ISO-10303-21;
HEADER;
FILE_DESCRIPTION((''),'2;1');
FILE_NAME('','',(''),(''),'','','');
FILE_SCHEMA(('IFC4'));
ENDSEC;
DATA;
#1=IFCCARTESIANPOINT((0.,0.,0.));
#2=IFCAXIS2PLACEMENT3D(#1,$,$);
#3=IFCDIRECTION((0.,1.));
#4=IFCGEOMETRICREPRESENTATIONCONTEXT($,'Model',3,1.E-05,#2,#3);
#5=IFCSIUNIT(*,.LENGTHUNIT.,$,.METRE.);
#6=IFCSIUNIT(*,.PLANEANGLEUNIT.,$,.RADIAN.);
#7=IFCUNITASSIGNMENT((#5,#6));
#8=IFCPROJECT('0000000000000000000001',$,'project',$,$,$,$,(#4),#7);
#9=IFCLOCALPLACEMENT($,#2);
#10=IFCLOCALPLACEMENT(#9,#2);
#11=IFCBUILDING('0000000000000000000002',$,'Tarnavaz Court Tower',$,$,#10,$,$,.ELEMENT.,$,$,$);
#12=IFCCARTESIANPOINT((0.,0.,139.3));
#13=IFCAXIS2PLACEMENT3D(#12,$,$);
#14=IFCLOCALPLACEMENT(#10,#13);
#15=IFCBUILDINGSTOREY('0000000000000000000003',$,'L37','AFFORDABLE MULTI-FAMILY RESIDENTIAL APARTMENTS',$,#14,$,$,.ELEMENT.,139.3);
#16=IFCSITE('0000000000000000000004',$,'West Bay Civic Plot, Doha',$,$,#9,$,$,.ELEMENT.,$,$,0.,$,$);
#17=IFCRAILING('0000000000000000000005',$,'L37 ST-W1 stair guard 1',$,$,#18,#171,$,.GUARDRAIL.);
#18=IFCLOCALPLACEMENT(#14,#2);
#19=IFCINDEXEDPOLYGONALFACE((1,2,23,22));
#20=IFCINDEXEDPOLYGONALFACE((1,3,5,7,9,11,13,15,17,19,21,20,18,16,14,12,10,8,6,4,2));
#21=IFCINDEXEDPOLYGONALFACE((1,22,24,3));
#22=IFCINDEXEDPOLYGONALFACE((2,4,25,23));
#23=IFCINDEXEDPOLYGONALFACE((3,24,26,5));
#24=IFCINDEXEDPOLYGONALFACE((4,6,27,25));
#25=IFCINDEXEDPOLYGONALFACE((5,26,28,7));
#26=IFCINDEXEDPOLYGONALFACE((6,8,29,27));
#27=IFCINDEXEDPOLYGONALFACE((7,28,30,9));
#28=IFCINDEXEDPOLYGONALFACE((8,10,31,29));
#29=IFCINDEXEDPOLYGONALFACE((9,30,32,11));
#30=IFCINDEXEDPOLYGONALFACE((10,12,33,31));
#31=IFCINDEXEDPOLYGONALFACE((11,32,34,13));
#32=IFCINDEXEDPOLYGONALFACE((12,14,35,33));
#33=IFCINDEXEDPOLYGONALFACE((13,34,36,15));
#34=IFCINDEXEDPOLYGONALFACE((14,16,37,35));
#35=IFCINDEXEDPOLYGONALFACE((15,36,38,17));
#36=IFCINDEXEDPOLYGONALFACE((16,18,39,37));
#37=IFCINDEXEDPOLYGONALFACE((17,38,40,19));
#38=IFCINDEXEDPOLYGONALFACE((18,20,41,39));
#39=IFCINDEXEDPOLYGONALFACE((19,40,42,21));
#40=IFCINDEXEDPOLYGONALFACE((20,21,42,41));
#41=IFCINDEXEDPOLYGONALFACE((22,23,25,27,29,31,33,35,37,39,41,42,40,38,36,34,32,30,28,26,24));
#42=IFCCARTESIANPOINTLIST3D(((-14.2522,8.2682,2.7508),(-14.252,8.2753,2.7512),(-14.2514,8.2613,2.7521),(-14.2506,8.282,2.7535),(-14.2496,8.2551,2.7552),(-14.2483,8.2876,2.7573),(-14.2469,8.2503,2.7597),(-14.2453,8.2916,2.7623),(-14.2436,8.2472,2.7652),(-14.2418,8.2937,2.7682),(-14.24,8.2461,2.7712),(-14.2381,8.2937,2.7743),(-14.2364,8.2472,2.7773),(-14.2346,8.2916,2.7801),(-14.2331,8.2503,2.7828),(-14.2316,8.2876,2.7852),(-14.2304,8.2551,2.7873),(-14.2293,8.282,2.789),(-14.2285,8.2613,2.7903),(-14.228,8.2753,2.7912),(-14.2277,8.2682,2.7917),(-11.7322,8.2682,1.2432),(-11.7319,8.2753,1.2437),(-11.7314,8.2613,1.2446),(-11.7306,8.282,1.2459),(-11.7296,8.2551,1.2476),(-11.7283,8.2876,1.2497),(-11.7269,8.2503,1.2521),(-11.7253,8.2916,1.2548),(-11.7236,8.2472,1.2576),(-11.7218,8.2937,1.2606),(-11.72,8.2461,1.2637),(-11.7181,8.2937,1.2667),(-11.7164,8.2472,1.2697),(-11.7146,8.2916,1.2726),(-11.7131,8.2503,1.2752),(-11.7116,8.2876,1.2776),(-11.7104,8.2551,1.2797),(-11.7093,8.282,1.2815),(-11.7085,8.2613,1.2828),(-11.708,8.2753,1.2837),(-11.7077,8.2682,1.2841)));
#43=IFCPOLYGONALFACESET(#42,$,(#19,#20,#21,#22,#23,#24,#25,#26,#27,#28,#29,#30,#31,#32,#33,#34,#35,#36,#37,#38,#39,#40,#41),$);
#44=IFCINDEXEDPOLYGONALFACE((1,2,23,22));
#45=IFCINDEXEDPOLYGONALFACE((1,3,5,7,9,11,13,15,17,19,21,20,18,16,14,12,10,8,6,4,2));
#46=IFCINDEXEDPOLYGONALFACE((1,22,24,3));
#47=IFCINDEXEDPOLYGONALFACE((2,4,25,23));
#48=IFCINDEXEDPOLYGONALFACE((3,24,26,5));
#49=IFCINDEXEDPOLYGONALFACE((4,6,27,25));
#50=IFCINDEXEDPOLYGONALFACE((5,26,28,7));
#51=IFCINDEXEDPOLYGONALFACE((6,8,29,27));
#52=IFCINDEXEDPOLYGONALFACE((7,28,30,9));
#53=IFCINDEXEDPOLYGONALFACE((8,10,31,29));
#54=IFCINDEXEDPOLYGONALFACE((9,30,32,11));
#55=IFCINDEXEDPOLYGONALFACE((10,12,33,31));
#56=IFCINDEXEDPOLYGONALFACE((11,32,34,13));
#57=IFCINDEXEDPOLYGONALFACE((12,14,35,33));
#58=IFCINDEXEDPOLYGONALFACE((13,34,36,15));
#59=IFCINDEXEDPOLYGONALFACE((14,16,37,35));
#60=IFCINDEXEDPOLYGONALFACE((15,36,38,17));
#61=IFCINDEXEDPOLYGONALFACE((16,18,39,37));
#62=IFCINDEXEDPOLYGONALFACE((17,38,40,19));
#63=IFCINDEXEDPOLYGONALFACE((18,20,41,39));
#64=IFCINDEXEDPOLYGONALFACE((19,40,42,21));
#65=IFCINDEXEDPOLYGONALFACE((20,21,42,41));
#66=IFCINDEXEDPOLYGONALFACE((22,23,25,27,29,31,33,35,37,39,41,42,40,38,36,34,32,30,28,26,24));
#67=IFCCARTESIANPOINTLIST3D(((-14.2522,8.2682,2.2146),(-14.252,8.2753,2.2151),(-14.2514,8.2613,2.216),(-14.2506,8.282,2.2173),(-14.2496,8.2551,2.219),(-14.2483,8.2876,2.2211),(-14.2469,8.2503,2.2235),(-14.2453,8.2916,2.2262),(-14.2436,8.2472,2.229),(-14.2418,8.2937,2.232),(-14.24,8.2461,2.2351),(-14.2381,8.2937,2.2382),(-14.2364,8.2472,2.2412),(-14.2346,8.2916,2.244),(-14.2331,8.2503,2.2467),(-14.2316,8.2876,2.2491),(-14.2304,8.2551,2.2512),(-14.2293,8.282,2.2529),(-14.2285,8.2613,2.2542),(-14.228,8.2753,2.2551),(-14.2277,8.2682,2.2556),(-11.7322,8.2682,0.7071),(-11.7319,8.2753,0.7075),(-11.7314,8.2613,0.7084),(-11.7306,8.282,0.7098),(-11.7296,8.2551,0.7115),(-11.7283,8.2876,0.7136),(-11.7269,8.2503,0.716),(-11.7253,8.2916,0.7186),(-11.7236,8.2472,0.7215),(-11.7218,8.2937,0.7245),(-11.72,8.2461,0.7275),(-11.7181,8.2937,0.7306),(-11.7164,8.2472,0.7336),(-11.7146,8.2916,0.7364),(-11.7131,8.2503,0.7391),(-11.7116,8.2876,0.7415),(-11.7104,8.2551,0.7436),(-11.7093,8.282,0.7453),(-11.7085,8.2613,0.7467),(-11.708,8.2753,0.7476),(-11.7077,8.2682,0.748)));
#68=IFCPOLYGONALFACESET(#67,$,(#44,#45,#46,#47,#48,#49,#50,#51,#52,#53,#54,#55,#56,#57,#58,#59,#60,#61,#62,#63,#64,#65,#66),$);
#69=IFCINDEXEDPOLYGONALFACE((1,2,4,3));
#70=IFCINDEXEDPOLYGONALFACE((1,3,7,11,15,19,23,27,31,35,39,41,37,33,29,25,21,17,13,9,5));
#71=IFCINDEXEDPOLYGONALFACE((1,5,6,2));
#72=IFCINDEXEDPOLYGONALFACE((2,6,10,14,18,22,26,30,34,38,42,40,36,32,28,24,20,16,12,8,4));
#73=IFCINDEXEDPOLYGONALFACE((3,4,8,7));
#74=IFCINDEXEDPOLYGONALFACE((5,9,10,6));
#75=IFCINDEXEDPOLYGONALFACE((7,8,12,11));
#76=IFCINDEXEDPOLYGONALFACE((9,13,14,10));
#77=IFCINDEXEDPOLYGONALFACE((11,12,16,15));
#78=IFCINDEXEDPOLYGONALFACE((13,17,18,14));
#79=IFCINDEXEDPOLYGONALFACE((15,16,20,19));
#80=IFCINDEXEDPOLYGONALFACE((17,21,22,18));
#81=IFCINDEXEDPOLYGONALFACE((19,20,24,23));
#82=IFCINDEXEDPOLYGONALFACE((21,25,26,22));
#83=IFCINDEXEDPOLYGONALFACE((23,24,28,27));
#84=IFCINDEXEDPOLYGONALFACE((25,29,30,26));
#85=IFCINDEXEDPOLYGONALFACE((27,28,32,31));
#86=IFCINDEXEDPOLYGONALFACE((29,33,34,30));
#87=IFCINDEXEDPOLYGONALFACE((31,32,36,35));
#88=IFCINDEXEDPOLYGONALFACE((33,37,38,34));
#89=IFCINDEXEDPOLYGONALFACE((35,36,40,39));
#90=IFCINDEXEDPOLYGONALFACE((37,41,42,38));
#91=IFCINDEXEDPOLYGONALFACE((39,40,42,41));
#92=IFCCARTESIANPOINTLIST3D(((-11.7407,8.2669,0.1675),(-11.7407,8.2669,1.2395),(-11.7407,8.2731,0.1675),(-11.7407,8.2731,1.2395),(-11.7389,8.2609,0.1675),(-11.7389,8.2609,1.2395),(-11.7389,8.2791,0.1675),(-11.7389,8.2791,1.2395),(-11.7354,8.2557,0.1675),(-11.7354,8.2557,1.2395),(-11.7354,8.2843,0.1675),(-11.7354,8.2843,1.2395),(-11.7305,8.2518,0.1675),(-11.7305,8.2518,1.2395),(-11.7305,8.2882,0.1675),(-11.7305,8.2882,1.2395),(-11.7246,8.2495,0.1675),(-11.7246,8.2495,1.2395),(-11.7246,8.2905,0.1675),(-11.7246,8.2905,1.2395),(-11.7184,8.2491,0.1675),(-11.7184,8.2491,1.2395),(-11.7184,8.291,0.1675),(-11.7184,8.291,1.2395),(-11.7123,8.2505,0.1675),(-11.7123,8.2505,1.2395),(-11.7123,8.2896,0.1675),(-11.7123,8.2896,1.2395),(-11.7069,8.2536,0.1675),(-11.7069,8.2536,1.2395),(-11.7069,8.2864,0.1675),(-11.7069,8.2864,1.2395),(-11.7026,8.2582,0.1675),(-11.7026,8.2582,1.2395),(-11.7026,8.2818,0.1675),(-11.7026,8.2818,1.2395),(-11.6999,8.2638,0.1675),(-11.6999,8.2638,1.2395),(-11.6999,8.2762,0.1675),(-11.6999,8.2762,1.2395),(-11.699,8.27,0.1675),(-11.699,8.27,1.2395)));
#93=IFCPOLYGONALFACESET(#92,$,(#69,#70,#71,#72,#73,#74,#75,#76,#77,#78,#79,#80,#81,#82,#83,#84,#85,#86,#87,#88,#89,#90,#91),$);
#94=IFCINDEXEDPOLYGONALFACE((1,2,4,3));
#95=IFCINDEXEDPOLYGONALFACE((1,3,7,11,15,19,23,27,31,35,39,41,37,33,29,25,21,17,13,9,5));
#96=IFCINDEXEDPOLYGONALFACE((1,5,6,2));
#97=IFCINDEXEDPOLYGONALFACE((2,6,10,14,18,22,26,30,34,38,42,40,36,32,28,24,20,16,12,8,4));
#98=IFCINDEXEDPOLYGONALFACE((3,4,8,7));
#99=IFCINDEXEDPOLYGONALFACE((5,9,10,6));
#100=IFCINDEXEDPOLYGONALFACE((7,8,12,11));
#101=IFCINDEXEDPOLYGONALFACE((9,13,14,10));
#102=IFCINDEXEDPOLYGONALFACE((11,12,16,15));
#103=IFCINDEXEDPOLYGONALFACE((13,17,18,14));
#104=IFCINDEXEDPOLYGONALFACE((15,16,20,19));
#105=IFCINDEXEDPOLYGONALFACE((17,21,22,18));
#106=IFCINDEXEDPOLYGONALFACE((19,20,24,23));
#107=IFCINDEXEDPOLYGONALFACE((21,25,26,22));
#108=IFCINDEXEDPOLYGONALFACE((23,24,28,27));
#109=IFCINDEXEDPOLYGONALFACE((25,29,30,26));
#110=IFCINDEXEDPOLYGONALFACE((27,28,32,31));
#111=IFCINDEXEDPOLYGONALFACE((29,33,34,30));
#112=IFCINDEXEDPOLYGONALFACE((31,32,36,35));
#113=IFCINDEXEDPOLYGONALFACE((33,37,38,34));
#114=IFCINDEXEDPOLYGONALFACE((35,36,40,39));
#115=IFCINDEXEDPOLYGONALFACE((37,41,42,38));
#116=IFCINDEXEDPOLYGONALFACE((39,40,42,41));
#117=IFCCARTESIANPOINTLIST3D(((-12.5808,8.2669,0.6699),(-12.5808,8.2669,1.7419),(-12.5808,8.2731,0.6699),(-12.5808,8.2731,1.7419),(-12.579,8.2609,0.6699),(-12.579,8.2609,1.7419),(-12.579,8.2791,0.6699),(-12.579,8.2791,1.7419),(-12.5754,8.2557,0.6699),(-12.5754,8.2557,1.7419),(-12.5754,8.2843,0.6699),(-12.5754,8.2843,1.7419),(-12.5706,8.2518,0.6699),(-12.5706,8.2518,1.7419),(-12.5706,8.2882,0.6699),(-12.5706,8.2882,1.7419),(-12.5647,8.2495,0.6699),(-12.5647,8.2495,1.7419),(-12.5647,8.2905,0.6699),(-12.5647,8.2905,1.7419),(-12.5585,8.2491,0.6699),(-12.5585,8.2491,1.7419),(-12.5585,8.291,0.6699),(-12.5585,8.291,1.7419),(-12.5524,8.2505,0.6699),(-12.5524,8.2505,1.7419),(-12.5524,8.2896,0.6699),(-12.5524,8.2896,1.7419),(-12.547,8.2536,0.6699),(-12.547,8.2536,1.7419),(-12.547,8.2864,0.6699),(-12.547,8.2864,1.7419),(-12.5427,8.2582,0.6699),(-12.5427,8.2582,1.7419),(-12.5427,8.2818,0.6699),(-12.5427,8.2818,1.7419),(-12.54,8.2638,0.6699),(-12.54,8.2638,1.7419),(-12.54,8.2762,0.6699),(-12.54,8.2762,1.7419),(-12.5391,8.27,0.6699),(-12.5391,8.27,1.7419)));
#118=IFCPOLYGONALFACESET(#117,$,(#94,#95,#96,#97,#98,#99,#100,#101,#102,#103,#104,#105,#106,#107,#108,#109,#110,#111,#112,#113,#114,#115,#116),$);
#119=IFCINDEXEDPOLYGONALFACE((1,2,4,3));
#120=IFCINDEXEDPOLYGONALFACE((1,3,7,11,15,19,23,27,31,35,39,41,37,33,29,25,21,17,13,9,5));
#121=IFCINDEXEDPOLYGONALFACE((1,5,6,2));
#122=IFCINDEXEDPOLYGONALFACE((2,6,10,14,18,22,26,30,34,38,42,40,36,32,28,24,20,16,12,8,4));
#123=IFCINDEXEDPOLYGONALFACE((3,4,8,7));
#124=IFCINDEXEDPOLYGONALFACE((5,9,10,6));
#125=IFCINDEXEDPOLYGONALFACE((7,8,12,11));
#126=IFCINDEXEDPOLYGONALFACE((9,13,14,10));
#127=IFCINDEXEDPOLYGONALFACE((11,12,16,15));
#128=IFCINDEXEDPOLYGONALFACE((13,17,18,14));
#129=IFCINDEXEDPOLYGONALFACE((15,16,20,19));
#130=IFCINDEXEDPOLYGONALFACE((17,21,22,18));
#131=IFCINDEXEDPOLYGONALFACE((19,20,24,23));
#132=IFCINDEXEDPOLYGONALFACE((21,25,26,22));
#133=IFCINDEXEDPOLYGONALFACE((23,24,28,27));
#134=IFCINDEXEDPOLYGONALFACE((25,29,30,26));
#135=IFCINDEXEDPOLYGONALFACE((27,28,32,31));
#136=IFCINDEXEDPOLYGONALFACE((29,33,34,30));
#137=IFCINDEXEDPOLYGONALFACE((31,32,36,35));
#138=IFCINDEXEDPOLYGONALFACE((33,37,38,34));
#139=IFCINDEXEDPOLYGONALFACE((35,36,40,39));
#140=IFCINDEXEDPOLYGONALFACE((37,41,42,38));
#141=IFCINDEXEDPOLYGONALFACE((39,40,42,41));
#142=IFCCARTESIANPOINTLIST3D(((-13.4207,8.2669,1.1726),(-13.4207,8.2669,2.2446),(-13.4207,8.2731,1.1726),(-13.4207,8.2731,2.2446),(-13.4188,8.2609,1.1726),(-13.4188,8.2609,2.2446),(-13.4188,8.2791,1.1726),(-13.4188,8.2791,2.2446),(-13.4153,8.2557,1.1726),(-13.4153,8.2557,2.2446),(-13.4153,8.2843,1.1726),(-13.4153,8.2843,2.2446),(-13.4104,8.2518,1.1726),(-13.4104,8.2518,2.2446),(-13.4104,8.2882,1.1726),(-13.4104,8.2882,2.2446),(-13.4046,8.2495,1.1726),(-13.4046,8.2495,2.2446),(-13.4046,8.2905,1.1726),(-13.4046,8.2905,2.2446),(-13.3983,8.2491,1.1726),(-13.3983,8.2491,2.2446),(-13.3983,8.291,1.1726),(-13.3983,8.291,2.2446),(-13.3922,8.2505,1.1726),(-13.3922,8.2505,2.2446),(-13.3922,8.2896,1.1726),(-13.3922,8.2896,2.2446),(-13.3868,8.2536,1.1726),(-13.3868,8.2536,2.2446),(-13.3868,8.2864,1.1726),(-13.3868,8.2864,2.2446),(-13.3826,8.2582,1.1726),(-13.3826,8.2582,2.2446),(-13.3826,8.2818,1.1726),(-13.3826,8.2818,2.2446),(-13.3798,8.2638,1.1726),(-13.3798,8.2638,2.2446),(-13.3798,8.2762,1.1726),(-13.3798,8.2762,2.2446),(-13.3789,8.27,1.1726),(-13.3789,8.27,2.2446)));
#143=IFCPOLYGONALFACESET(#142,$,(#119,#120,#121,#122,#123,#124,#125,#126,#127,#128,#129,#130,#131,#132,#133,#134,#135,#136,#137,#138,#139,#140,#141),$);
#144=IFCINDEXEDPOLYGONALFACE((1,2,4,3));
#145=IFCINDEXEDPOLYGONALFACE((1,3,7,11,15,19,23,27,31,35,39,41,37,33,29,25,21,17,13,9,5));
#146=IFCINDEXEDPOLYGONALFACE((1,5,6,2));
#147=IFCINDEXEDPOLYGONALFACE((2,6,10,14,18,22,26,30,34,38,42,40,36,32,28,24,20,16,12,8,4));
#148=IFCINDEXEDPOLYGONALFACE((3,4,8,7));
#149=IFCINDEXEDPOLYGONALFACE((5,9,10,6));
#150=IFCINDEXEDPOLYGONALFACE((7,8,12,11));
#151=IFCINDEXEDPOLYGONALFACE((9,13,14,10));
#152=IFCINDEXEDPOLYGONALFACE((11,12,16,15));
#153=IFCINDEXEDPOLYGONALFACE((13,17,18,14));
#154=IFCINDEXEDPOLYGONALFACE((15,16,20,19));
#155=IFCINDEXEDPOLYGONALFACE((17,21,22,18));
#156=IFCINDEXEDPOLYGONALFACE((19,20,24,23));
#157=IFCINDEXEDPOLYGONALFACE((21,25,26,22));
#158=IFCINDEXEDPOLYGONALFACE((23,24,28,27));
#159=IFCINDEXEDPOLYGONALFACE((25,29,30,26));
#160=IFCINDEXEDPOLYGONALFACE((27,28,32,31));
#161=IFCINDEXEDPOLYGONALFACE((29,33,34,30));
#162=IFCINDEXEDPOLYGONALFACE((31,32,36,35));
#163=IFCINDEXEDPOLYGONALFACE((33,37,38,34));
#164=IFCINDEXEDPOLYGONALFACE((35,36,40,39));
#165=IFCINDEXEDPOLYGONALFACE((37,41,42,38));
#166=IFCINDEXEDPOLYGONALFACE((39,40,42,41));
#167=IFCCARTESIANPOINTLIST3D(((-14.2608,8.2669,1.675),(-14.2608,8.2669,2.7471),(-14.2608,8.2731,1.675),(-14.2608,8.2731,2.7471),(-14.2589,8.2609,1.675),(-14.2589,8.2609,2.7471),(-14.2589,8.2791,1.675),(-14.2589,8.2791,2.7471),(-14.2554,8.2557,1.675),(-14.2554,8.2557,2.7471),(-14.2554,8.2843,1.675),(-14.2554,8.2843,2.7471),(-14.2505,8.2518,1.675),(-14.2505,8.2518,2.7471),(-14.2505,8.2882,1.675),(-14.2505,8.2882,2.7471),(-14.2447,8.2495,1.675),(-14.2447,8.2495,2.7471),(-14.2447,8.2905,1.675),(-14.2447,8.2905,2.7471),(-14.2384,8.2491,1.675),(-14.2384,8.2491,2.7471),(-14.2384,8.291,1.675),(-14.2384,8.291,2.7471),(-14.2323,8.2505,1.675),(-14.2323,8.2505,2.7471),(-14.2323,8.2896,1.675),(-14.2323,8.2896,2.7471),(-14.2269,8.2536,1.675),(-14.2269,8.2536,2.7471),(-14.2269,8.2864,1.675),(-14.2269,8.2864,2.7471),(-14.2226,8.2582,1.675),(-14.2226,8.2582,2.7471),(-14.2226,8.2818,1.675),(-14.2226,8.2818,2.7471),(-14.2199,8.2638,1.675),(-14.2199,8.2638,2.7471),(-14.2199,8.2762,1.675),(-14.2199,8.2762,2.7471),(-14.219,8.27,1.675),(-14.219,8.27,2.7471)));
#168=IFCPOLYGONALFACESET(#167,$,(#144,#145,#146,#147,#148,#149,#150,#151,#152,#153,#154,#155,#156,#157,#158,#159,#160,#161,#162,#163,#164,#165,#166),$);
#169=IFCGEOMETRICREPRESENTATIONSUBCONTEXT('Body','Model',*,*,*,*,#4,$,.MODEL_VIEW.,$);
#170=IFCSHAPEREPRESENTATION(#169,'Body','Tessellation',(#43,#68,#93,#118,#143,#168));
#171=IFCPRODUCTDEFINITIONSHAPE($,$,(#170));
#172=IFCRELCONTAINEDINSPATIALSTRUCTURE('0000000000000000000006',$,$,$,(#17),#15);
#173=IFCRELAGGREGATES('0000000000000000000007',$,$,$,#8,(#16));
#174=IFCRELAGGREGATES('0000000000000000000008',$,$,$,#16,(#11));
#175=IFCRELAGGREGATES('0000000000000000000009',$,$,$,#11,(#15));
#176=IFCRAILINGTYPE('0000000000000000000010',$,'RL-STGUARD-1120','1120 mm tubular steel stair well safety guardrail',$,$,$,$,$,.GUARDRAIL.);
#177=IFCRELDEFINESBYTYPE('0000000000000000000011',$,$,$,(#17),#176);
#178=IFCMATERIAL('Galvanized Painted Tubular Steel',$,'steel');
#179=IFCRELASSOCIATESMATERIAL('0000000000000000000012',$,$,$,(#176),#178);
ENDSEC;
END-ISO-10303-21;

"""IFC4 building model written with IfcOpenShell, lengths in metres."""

from ifc_helpers import new_model, si_unit, direction, frame, origin, origin_2d, place, context, subcontext, project, spatial, circle, extrude, material, type_object, element, save


model = new_model("IFC4")

# Units and contexts
model_context = context("Model", 3, precision=1e-05, world=origin(), true_north=direction((0.0, 1.0)))
body_context = subcontext(model_context, "Body", "Model", "MODEL_VIEW")
ifc_project = project(units=[si_unit("LENGTHUNIT", "METRE"), si_unit("PLANEANGLEUNIT", "RADIAN")], contexts=[model_context])

# Site, building, storey
site_placement = place(None, origin())
site = spatial("IfcSite", under=ifc_project, at=site_placement, Name="West Bay Civic Plot, Doha", CompositionType="ELEMENT", RefElevation=0.0)
building_placement = place(site_placement, origin())
building = spatial("IfcBuilding", under=site, at=building_placement, Name="Tarnavaz Court Tower", CompositionType="ELEMENT")
storey_placement = place(building_placement, frame((0.0, 0.0, 139.3)))
storey = spatial("IfcBuildingStorey", under=building, at=storey_placement, Name="L37", Description="AFFORDABLE MULTI-FAMILY RESIDENTIAL APARTMENTS", CompositionType="ELEMENT", Elevation=139.3)

# Railing
ifc_material_1 = material(Name="Galvanized Painted Tubular Steel", Category="steel")
railing_type_1 = type_object("IfcRailingType", Name="RL-STGUARD-1120", Description="1120 mm tubular steel stair well safety guardrail", PredefinedType="GUARDRAIL", material=ifc_material_1)
railing_1_placement = place(storey_placement, frame((-11.72, 8.27, 0.1675)))
element("IfcRailing", 1, at=railing_1_placement, inside=storey, type_object=railing_type_1, Name="L37 ST-W1 stair guard 1", PredefinedType="GUARDRAIL", context=body_context, shape_type="SweptSolid", body=[
    extrude(circle(Radius=0.0239, at=origin_2d()), frame((0.0, 0.0, 1.0962), z_axis=(-0.85816, 0.0, 0.513383), x_axis=(0.0, -1.0, 0.0)), (0.0, 0.0, 1.0), 2.9365),
    extrude(circle(Radius=0.0239, at=origin_2d()), frame((0.0, 0.0, 0.5601), z_axis=(-0.85816, 0.0, 0.513383), x_axis=(0.0, -1.0, 0.0)), (0.0, 0.0, 1.0), 2.9365),
    extrude(circle(Radius=0.021, at=origin_2d()), origin(), (0.0, 0.0, 1.0), 1.072),
    extrude(circle(Radius=0.021, at=origin_2d()), frame((-0.8401, 0.0, 0.5024)), (0.0, 0.0, 1.0), 1.072),
    extrude(circle(Radius=0.021, at=origin_2d()), frame((-1.6799, 0.0, 1.0051)), (0.0, 0.0, 1.0), 1.072),
    extrude(circle(Radius=0.021, at=origin_2d()), frame((-2.52, 0.0, 1.5076)), (0.0, 0.0, 1.0), 1.072),
])

save(model, "model.ifc")
